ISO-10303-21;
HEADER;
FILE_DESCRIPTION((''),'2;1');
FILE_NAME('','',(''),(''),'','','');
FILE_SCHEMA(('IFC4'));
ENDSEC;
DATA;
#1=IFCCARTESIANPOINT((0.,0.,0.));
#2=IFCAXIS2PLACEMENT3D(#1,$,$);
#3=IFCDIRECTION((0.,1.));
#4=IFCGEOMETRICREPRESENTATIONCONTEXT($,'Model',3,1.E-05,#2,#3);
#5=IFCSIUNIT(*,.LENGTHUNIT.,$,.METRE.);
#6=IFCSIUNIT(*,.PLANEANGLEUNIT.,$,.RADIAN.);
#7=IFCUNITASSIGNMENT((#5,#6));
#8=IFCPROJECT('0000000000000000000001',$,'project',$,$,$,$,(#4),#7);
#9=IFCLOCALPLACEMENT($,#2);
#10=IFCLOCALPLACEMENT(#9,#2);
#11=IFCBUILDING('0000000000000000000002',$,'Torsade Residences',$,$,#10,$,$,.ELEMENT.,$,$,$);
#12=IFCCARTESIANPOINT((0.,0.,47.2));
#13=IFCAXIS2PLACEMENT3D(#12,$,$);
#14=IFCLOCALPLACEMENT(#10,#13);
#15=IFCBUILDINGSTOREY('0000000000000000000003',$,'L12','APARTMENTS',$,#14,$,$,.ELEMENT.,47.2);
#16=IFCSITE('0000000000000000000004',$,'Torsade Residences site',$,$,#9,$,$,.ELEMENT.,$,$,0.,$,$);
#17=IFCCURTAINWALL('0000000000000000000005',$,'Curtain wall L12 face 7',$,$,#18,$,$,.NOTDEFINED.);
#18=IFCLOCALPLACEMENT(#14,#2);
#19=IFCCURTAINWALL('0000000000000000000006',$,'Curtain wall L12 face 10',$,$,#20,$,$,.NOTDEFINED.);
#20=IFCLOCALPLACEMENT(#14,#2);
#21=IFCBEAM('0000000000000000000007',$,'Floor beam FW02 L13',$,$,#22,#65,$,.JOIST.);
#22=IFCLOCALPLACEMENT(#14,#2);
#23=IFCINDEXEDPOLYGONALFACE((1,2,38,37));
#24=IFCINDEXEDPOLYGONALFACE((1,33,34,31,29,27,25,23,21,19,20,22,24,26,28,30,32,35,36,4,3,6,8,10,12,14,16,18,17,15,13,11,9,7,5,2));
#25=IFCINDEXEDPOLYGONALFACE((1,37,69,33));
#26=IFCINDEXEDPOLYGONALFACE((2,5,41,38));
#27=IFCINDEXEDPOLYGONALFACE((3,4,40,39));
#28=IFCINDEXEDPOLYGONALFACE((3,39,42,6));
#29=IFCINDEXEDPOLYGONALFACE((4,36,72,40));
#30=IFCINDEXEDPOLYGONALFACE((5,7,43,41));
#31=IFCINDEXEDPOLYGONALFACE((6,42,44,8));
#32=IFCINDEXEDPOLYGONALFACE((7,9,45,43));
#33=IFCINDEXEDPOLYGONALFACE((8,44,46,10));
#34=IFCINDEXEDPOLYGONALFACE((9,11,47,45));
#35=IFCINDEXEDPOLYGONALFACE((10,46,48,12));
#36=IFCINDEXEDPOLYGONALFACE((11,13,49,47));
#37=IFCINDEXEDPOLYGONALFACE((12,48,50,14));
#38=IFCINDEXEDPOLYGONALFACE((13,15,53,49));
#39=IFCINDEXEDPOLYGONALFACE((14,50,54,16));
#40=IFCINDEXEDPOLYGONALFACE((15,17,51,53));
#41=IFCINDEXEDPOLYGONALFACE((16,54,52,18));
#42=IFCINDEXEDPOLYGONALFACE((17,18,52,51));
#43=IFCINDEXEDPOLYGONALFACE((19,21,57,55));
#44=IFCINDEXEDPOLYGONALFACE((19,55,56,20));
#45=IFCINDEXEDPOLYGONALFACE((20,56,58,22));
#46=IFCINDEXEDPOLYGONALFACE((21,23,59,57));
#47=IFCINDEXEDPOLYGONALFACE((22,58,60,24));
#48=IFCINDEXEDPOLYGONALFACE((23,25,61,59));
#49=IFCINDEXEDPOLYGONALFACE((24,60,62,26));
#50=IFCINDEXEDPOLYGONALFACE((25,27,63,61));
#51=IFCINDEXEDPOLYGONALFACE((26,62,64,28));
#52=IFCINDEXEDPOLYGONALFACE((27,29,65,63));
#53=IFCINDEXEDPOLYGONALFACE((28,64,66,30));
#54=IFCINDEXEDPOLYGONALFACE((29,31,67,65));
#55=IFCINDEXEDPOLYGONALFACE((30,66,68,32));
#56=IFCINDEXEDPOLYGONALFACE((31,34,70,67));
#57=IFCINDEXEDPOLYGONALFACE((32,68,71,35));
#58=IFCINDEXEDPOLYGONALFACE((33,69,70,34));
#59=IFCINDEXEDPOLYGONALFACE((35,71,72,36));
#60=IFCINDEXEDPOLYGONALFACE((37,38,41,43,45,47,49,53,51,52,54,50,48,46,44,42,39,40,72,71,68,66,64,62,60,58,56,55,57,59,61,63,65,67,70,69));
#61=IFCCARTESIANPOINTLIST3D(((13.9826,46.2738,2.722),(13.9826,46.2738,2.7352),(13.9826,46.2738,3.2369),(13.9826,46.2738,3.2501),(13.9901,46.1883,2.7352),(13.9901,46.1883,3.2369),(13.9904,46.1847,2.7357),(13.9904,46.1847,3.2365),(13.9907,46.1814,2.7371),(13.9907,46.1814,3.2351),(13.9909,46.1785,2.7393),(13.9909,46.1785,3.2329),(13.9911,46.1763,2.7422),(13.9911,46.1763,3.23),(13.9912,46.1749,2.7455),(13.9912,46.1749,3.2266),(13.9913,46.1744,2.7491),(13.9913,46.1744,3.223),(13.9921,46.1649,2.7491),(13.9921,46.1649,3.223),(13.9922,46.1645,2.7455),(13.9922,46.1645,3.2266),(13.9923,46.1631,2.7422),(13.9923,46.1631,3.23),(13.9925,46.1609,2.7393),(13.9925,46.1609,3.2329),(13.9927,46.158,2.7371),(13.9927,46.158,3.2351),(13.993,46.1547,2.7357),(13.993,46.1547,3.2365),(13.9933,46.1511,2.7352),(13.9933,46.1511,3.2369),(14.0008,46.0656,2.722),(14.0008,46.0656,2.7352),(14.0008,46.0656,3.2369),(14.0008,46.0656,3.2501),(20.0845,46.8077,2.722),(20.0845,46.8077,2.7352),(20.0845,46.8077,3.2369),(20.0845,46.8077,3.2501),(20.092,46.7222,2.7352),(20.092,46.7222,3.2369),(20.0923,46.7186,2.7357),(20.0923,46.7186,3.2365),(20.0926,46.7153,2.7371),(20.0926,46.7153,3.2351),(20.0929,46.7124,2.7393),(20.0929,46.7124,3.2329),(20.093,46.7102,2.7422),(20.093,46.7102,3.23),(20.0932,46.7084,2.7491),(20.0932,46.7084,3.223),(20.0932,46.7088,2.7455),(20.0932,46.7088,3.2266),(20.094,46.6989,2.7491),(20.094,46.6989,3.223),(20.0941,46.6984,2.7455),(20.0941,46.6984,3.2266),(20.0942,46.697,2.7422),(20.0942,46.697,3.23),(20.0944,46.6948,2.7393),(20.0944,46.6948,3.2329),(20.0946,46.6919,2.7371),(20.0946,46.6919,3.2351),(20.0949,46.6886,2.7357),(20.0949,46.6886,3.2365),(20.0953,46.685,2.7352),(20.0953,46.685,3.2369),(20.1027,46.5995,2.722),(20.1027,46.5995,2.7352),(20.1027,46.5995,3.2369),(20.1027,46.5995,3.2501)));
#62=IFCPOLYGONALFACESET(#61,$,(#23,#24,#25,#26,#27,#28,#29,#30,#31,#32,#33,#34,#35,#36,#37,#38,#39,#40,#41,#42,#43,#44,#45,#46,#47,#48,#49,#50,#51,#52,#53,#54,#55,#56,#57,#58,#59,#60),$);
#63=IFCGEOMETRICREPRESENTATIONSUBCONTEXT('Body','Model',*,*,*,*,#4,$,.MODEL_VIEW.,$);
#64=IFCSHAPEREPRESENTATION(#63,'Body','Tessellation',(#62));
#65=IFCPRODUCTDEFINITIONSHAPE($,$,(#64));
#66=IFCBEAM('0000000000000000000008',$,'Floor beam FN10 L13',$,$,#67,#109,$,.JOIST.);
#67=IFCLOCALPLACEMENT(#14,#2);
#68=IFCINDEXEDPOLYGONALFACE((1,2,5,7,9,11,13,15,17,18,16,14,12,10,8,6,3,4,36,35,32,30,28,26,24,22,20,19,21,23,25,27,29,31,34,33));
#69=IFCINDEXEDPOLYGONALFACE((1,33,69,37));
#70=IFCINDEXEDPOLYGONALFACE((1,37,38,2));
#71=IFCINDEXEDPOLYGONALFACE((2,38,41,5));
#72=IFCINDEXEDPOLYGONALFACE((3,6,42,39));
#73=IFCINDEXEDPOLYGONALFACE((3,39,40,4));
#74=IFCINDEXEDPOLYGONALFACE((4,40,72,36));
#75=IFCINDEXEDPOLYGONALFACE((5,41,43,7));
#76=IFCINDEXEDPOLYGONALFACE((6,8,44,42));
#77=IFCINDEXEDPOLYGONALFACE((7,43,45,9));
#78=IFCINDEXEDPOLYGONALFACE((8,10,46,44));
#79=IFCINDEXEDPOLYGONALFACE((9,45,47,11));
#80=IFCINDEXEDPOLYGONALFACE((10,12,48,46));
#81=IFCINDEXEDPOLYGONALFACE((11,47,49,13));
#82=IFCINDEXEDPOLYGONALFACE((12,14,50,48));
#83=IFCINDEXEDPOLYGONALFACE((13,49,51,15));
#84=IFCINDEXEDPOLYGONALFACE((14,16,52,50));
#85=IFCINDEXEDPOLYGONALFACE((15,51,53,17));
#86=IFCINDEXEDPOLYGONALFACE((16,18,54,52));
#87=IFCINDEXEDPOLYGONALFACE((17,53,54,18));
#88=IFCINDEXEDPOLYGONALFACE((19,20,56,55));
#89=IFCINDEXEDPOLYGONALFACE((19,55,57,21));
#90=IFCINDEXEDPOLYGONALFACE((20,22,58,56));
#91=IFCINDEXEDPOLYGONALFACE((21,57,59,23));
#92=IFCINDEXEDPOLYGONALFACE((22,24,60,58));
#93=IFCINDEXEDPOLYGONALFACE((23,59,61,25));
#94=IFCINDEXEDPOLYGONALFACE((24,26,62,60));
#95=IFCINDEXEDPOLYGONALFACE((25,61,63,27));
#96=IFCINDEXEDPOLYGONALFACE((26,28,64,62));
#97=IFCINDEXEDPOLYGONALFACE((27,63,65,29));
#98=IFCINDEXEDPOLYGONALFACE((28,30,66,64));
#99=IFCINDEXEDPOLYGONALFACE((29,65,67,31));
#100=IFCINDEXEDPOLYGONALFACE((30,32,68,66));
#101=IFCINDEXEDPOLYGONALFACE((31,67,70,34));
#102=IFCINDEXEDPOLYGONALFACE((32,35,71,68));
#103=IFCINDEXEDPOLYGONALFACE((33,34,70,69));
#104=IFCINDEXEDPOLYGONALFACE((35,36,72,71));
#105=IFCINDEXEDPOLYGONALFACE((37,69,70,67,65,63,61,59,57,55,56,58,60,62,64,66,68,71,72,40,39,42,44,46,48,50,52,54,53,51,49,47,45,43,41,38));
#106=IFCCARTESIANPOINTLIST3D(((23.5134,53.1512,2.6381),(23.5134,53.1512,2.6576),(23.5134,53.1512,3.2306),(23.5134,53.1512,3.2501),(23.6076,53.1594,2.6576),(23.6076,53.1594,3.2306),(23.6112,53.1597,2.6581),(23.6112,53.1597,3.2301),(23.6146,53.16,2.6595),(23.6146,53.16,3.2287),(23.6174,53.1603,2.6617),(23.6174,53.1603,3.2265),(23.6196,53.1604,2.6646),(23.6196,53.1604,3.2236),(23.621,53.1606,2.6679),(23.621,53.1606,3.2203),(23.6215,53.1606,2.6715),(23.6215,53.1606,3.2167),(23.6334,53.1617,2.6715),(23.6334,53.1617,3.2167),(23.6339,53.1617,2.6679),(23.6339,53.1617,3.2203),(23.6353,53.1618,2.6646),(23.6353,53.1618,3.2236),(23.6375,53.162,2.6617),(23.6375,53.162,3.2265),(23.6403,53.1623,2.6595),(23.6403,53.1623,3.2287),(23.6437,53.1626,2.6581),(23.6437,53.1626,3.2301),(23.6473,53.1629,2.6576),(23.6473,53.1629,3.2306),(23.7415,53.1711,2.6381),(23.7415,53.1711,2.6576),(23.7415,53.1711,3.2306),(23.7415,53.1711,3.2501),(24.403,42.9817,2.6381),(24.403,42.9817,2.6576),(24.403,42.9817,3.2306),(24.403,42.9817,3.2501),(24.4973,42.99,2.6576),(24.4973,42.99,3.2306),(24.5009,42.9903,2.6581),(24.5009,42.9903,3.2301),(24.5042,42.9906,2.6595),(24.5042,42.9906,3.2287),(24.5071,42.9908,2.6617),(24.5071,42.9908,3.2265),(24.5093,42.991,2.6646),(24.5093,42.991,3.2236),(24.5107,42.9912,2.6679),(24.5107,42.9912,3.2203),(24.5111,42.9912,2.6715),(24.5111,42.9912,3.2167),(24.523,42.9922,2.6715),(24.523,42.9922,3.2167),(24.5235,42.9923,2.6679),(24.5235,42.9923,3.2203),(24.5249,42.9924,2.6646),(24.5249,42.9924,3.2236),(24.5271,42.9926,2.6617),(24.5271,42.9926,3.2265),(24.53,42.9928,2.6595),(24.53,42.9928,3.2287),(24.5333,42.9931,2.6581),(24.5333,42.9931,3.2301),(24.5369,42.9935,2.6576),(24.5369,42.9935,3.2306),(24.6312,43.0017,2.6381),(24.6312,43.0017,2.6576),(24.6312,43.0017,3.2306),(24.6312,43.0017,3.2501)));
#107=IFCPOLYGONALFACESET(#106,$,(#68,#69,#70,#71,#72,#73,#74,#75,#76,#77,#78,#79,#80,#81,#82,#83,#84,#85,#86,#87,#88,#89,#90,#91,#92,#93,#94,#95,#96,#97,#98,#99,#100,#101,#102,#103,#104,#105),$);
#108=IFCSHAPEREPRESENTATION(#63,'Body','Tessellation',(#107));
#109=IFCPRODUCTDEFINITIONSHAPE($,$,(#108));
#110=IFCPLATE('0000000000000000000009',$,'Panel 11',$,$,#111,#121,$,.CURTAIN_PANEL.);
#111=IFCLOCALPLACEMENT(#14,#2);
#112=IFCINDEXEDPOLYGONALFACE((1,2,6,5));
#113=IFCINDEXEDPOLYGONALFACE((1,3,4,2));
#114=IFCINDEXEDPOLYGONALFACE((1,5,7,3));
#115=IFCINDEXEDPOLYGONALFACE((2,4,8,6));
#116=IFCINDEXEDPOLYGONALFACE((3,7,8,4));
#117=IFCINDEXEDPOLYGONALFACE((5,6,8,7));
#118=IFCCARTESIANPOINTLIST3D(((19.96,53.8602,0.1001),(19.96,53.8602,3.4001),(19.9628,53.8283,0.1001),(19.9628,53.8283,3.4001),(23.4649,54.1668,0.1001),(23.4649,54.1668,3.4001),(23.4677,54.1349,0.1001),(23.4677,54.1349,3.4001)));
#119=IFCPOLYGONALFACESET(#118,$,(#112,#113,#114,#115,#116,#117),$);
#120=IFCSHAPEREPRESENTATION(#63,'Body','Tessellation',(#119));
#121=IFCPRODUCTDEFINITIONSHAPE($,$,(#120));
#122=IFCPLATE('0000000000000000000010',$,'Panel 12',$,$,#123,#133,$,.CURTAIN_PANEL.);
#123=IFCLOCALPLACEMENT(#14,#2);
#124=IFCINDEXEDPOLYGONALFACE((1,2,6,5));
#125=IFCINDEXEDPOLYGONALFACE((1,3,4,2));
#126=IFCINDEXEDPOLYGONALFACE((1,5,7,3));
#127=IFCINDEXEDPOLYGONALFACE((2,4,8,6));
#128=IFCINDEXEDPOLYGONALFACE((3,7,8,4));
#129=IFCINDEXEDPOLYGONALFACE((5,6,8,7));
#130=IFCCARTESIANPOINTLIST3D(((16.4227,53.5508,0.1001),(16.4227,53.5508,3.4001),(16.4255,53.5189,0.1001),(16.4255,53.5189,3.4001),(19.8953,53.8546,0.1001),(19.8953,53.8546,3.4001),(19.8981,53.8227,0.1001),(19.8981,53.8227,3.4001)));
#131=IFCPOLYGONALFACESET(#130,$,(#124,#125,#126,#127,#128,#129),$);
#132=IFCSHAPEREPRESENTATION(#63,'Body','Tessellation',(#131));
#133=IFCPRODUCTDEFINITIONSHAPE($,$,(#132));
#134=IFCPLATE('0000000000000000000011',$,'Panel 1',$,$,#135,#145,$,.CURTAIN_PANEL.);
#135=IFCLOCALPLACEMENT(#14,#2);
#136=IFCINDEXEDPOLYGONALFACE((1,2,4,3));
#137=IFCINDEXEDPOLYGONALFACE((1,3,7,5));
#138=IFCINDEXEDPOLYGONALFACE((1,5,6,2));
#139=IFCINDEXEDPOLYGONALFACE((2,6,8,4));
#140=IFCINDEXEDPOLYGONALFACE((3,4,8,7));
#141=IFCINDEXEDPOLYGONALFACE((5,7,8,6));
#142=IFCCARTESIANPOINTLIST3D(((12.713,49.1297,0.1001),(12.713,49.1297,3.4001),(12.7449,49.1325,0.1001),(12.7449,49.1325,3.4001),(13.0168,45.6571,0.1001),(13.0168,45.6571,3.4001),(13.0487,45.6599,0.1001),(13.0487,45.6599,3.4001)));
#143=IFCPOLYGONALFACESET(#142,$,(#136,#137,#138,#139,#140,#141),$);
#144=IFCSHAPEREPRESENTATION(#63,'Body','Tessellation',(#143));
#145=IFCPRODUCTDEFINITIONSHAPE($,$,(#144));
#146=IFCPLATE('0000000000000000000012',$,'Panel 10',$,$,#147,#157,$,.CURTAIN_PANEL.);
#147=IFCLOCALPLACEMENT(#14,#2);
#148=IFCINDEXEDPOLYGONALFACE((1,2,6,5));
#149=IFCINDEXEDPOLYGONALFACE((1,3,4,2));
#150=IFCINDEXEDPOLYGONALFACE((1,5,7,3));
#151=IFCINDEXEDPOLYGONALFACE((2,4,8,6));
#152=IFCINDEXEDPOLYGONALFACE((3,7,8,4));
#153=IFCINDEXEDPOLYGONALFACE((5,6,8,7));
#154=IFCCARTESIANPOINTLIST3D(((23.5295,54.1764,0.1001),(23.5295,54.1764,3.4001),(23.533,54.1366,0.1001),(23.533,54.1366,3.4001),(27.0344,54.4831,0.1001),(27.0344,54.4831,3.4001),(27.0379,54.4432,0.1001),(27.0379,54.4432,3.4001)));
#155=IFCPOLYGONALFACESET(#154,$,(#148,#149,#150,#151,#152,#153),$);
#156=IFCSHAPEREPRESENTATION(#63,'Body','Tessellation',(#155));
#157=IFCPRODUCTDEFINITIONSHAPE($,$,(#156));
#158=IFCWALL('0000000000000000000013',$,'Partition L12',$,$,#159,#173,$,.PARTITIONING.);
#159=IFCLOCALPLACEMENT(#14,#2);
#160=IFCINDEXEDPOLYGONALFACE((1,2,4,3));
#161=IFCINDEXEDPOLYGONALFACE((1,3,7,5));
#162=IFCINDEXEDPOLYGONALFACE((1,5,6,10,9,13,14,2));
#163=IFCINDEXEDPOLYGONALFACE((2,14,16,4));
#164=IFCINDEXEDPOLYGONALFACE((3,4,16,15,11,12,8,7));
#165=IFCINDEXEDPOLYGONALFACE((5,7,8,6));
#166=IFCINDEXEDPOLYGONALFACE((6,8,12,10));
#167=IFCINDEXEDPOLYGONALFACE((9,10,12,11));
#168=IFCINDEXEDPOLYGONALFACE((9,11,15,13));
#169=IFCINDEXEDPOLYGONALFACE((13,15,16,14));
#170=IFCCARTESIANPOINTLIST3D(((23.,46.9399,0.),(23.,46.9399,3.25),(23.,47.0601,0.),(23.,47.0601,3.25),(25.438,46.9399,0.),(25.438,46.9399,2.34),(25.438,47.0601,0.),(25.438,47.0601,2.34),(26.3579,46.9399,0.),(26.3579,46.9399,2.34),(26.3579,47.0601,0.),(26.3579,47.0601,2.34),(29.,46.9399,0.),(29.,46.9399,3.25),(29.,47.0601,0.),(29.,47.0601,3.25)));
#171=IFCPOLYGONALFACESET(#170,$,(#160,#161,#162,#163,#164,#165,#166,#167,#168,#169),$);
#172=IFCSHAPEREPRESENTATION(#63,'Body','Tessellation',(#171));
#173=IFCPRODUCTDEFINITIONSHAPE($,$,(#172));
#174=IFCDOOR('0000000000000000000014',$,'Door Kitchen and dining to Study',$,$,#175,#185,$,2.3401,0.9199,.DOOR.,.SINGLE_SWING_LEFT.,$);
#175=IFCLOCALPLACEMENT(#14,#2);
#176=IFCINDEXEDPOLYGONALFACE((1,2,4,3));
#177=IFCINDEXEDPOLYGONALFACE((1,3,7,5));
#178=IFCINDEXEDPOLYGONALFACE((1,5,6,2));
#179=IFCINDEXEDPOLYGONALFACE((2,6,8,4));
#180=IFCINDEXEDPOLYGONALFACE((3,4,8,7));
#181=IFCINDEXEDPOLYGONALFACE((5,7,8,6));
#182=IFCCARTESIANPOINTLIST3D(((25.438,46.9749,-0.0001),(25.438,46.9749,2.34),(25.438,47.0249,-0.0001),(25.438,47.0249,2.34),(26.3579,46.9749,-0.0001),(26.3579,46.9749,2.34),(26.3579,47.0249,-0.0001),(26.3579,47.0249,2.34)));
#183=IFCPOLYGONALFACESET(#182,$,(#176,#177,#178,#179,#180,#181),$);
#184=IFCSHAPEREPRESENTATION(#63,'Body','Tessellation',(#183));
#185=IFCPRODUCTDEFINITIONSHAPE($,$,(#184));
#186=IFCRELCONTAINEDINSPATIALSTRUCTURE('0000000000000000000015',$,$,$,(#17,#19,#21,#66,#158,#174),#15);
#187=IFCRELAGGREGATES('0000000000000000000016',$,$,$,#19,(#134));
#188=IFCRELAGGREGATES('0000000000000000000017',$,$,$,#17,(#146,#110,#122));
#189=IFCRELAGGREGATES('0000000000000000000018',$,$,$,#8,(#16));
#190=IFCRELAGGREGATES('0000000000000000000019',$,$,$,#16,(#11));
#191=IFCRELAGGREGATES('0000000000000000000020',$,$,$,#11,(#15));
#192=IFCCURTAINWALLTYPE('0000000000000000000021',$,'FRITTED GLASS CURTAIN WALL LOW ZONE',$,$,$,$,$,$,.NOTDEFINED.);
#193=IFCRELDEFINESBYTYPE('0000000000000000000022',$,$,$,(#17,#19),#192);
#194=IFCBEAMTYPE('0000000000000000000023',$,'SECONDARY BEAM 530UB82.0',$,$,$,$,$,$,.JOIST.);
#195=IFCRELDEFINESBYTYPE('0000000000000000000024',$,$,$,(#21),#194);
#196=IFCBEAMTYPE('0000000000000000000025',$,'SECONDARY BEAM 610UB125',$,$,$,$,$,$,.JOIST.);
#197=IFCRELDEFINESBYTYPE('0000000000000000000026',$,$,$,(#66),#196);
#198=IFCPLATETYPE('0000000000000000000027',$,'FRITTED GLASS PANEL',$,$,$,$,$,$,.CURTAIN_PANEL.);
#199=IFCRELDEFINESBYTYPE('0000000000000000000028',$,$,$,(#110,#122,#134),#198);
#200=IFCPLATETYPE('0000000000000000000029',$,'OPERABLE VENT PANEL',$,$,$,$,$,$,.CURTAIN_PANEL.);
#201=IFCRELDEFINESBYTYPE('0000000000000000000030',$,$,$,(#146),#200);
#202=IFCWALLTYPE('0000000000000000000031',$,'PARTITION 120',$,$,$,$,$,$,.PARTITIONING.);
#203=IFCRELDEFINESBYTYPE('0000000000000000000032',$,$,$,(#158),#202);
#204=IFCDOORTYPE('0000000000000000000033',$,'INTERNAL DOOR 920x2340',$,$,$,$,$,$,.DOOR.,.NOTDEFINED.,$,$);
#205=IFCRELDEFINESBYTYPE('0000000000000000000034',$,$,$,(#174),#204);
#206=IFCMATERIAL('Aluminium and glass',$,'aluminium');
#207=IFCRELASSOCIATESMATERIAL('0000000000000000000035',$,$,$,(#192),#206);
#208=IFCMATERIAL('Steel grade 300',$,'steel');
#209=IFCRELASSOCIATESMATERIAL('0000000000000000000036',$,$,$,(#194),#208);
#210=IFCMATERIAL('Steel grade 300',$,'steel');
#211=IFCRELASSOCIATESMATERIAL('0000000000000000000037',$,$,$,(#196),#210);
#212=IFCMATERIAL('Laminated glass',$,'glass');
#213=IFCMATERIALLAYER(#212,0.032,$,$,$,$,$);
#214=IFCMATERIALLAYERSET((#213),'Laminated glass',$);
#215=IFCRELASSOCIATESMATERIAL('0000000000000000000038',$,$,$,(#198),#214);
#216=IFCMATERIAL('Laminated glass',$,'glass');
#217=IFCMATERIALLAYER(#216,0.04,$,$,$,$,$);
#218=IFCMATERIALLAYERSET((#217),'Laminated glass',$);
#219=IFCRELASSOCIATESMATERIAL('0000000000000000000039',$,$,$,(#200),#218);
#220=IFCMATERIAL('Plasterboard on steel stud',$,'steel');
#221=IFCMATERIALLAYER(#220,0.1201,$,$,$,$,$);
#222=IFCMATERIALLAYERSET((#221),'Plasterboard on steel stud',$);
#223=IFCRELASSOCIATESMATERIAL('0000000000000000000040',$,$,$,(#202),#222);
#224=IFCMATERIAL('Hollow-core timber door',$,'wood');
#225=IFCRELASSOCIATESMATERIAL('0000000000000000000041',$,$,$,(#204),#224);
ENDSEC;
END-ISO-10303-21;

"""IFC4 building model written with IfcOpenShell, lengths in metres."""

from ifc_helpers import new_model, si_unit, direction, frame, frame_2d, origin, origin_2d, place, context, subcontext, project, spatial, rectangle, i_section, extrude, material, layer, layer_set, material_profile, profile_set, type_object, element, fill, aggregate, save


model = new_model("IFC4")

# Units and contexts
model_context = context("Model", 3, precision=1e-05, world=origin(), true_north=direction((0.0, 1.0)))
body_context = subcontext(model_context, "Body", "Model", "MODEL_VIEW")
ifc_project = project(units=[si_unit("LENGTHUNIT", "METRE"), si_unit("PLANEANGLEUNIT", "RADIAN")], contexts=[model_context])

# Site, building, storey
site_placement = place(None, origin())
site = spatial("IfcSite", under=ifc_project, at=site_placement, Name="Torsade Residences site", CompositionType="ELEMENT", RefElevation=0.0)
building_placement = place(site_placement, origin())
building = spatial("IfcBuilding", under=site, at=building_placement, Name="Torsade Residences", CompositionType="ELEMENT")
storey_placement = place(building_placement, frame((0.0, 0.0, 47.2)))
storey = spatial("IfcBuildingStorey", under=building, at=storey_placement, Name="L12", Description="APARTMENTS", CompositionType="ELEMENT", Elevation=47.2)

# Curtain wall
ifc_material_1 = material(Name="Aluminium and glass", Category="aluminium")
curtain_wall_type = type_object("IfcCurtainWallType", Name="FRITTED GLASS CURTAIN WALL LOW ZONE", PredefinedType="NOTDEFINED", material=ifc_material_1)
curtain_wall_1_placement = place(storey_placement, origin())
curtain_wall_1 = element("IfcCurtainWall", 1, at=curtain_wall_1_placement, inside=storey, type_object=curtain_wall_type, Name="Curtain wall L12 face 7", PredefinedType="NOTDEFINED")

# Curtain wall
curtain_wall_2_placement = place(storey_placement, origin())
curtain_wall_2 = element("IfcCurtainWall", 2, at=curtain_wall_2_placement, inside=storey, type_object=curtain_wall_type, Name="Curtain wall L12 face 10", PredefinedType="NOTDEFINED")

# Beams
ifc_material_2 = material(Name="Steel grade 300", Category="steel")
ifc_material_profile_1 = material_profile(ifc_material_2, i_section(OverallWidth=0.209, OverallDepth=0.5281, WebThickness=0.0095, FlangeThickness=0.0132, FilletRadius=0.0139, at=origin_2d()), Name="530UB82.0")
ifc_profile_set_1 = profile_set([ifc_material_profile_1], Name="Steel grade 300")
beam_type_1 = type_object("IfcBeamType", Name="SECONDARY BEAM 530UB82.0", PredefinedType="JOIST", material=ifc_profile_set_1)
beam_1_placement = place(storey_placement, frame((13.9917, 46.1697, 2.9861), z_axis=(0.996193, 0.087171, 0.0), x_axis=(-0.087171, 0.996193, 0.0)))
element("IfcBeam", 3, at=beam_1_placement, inside=storey, type_object=beam_type_1, Name="Floor beam FW02 L13", PredefinedType="JOIST", context=body_context, shape_type="SweptSolid", body=[
    extrude(i_section(OverallWidth=0.209, OverallDepth=0.5281, WebThickness=0.0095, FlangeThickness=0.0132, FilletRadius=0.0139, at=origin_2d()), origin(), (0.0, 0.0, 1.0), 6.1252),
])
ifc_material_3 = material(Name="Steel grade 300", Category="steel")
ifc_material_profile_2 = material_profile(ifc_material_3, i_section(OverallWidth=0.229, OverallDepth=0.6121, WebThickness=0.012, FlangeThickness=0.0195, FilletRadius=0.0139, at=origin_2d()), Name="610UB125")
ifc_profile_set_2 = profile_set([ifc_material_profile_2], Name="Steel grade 300")
beam_type_2 = type_object("IfcBeamType", Name="SECONDARY BEAM 610UB125", PredefinedType="JOIST", material=ifc_profile_set_2)
beam_2_placement = place(storey_placement, frame((23.6274, 53.1611, 2.9441), z_axis=(0.08715, -0.996195, 0.0), x_axis=(0.996195, 0.08715, 0.0)))
element("IfcBeam", 4, at=beam_2_placement, inside=storey, type_object=beam_type_2, Name="Floor beam FN10 L13", PredefinedType="JOIST", context=body_context, shape_type="SweptSolid", body=[
    extrude(i_section(OverallWidth=0.229, OverallDepth=0.6121, WebThickness=0.012, FlangeThickness=0.0195, FilletRadius=0.0139, at=origin_2d()), origin(), (0.0, 0.0, 1.0), 10.2083),
])

# Plates
ifc_material_4 = material(Name="Laminated glass", Category="glass")
ifc_layer_1 = layer(ifc_material_4, 0.032)
ifc_layer_set_1 = layer_set([ifc_layer_1], Name="Laminated glass")
plate_type_1 = type_object("IfcPlateType", Name="FRITTED GLASS PANEL", PredefinedType="CURTAIN_PANEL", material=ifc_layer_set_1)
plate_1_placement = place(storey_placement, frame((21.7139, 53.9976, 0.1001), z_axis=(0.0, 0.0, 1.0), x_axis=(-0.996195, -0.087156, 0.0)))
plate_1 = element("IfcPlate", 5, at=plate_1_placement, type_object=plate_type_1, Name="Panel 11", PredefinedType="CURTAIN_PANEL", context=body_context, shape_type="SweptSolid", body=[
    extrude(rectangle(XDim=3.5183, YDim=0.032, at=origin_2d()), origin(), (0.0, 0.0, 1.0), 3.3),
])
plate_2_placement = place(storey_placement, frame((18.1604, 53.6868, 0.1001), z_axis=(0.0, 0.0, 1.0), x_axis=(-0.996195, -0.087156, 0.0)))
plate_2 = element("IfcPlate", 6, at=plate_2_placement, type_object=plate_type_1, Name="Panel 12", PredefinedType="CURTAIN_PANEL", context=body_context, shape_type="SweptSolid", body=[
    extrude(rectangle(XDim=3.4858, YDim=0.032, at=origin_2d()), origin(), (0.0, 0.0, 1.0), 3.3),
])
plate_3_placement = place(storey_placement, frame((12.8809, 47.3948, 0.1001), z_axis=(0.0, 0.0, 1.0), x_axis=(0.087156, -0.996195, 0.0)))
plate_3 = element("IfcPlate", 7, at=plate_3_placement, type_object=plate_type_1, Name="Panel 1", PredefinedType="CURTAIN_PANEL", context=body_context, shape_type="SweptSolid", body=[
    extrude(rectangle(XDim=3.4858, YDim=0.032, at=origin_2d()), origin(), (0.0, 0.0, 1.0), 3.3),
])
aggregate(curtain_wall_2, [plate_3])
ifc_material_5 = material(Name="Laminated glass", Category="glass")
ifc_layer_2 = layer(ifc_material_5, 0.04)
ifc_layer_set_2 = layer_set([ifc_layer_2], Name="Laminated glass")
plate_type_2 = type_object("IfcPlateType", Name="OPERABLE VENT PANEL", PredefinedType="CURTAIN_PANEL", material=ifc_layer_set_2)
plate_4_placement = place(storey_placement, frame((25.2837, 54.3098, 0.1001), z_axis=(0.0, 0.0, 1.0), x_axis=(-0.996195, -0.087156, 0.0)))
plate_4 = element("IfcPlate", 8, at=plate_4_placement, type_object=plate_type_2, Name="Panel 10", PredefinedType="CURTAIN_PANEL", context=body_context, shape_type="SweptSolid", body=[
    extrude(rectangle(XDim=3.5183, YDim=0.04, at=origin_2d()), origin(), (0.0, 0.0, 1.0), 3.3),
])
aggregate(curtain_wall_1, [plate_4, plate_1, plate_2])

# Wall, opening, door
ifc_material_6 = material(Name="Plasterboard on steel stud", Category="steel")
ifc_layer_3 = layer(ifc_material_6, 0.1201)
ifc_layer_set_3 = layer_set([ifc_layer_3], Name="Plasterboard on steel stud")
wall_type_1 = type_object("IfcWallType", Name="PARTITION 120", PredefinedType="PARTITIONING", material=ifc_layer_set_3)
wall_1_placement = place(storey_placement, frame((23.0, 47.0, 0.0), z_axis=(0.0, 0.0, 1.0), x_axis=(1.0, 0.0, 0.0)))
wall_1 = element("IfcWall", 9, at=wall_1_placement, inside=storey, type_object=wall_type_1, Name="Partition L12", PredefinedType="PARTITIONING", context=body_context, shape_type="SweptSolid", body=[
    extrude(rectangle(XDim=6.0, YDim=0.1201, at=frame_2d((3.0, 0.0))), origin(), (0.0, 0.0, 1.0), 3.25),
])
opening_1_placement = place(wall_1_placement, frame((2.438, 0.0, 0.0)))
opening_1 = element("IfcOpeningElement", 10, at=opening_1_placement, cuts=wall_1, PredefinedType="OPENING", context=body_context, shape_type="SweptSolid", body=[
    extrude(rectangle(XDim=0.9199, YDim=2.3401, at=frame_2d((0.46, 1.1699))), frame((0.0, 0.0701, 0.0), z_axis=(0.0, -1.0, 0.0), x_axis=(1.0, 0.0, 0.0)), (0.0, 0.0, 1.0), 0.1401),
])
ifc_material_7 = material(Name="Hollow-core timber door", Category="wood")
door_type_1 = type_object("IfcDoorType", Name="INTERNAL DOOR 920x2340", OperationType="NOTDEFINED", PredefinedType="DOOR", material=ifc_material_7)
door_1_placement = place(opening_1_placement, origin())
door_1 = element("IfcDoor", 11, at=door_1_placement, inside=storey, type_object=door_type_1, Name="Door Kitchen and dining to Study", OperationType="SINGLE_SWING_LEFT", OverallHeight=2.3401, OverallWidth=0.9199, PredefinedType="DOOR", context=body_context, shape_type="SweptSolid", body=[
    extrude(rectangle(XDim=0.9199, YDim=2.3401, at=frame_2d((0.46, 1.1699))), frame((0.0, 0.0249, 0.0), z_axis=(0.0, -1.0, 0.0), x_axis=(1.0, 0.0, 0.0)), (0.0, 0.0, 1.0), 0.05),
])
fill(opening_1, door_1)

save(model, "model.ifc")
